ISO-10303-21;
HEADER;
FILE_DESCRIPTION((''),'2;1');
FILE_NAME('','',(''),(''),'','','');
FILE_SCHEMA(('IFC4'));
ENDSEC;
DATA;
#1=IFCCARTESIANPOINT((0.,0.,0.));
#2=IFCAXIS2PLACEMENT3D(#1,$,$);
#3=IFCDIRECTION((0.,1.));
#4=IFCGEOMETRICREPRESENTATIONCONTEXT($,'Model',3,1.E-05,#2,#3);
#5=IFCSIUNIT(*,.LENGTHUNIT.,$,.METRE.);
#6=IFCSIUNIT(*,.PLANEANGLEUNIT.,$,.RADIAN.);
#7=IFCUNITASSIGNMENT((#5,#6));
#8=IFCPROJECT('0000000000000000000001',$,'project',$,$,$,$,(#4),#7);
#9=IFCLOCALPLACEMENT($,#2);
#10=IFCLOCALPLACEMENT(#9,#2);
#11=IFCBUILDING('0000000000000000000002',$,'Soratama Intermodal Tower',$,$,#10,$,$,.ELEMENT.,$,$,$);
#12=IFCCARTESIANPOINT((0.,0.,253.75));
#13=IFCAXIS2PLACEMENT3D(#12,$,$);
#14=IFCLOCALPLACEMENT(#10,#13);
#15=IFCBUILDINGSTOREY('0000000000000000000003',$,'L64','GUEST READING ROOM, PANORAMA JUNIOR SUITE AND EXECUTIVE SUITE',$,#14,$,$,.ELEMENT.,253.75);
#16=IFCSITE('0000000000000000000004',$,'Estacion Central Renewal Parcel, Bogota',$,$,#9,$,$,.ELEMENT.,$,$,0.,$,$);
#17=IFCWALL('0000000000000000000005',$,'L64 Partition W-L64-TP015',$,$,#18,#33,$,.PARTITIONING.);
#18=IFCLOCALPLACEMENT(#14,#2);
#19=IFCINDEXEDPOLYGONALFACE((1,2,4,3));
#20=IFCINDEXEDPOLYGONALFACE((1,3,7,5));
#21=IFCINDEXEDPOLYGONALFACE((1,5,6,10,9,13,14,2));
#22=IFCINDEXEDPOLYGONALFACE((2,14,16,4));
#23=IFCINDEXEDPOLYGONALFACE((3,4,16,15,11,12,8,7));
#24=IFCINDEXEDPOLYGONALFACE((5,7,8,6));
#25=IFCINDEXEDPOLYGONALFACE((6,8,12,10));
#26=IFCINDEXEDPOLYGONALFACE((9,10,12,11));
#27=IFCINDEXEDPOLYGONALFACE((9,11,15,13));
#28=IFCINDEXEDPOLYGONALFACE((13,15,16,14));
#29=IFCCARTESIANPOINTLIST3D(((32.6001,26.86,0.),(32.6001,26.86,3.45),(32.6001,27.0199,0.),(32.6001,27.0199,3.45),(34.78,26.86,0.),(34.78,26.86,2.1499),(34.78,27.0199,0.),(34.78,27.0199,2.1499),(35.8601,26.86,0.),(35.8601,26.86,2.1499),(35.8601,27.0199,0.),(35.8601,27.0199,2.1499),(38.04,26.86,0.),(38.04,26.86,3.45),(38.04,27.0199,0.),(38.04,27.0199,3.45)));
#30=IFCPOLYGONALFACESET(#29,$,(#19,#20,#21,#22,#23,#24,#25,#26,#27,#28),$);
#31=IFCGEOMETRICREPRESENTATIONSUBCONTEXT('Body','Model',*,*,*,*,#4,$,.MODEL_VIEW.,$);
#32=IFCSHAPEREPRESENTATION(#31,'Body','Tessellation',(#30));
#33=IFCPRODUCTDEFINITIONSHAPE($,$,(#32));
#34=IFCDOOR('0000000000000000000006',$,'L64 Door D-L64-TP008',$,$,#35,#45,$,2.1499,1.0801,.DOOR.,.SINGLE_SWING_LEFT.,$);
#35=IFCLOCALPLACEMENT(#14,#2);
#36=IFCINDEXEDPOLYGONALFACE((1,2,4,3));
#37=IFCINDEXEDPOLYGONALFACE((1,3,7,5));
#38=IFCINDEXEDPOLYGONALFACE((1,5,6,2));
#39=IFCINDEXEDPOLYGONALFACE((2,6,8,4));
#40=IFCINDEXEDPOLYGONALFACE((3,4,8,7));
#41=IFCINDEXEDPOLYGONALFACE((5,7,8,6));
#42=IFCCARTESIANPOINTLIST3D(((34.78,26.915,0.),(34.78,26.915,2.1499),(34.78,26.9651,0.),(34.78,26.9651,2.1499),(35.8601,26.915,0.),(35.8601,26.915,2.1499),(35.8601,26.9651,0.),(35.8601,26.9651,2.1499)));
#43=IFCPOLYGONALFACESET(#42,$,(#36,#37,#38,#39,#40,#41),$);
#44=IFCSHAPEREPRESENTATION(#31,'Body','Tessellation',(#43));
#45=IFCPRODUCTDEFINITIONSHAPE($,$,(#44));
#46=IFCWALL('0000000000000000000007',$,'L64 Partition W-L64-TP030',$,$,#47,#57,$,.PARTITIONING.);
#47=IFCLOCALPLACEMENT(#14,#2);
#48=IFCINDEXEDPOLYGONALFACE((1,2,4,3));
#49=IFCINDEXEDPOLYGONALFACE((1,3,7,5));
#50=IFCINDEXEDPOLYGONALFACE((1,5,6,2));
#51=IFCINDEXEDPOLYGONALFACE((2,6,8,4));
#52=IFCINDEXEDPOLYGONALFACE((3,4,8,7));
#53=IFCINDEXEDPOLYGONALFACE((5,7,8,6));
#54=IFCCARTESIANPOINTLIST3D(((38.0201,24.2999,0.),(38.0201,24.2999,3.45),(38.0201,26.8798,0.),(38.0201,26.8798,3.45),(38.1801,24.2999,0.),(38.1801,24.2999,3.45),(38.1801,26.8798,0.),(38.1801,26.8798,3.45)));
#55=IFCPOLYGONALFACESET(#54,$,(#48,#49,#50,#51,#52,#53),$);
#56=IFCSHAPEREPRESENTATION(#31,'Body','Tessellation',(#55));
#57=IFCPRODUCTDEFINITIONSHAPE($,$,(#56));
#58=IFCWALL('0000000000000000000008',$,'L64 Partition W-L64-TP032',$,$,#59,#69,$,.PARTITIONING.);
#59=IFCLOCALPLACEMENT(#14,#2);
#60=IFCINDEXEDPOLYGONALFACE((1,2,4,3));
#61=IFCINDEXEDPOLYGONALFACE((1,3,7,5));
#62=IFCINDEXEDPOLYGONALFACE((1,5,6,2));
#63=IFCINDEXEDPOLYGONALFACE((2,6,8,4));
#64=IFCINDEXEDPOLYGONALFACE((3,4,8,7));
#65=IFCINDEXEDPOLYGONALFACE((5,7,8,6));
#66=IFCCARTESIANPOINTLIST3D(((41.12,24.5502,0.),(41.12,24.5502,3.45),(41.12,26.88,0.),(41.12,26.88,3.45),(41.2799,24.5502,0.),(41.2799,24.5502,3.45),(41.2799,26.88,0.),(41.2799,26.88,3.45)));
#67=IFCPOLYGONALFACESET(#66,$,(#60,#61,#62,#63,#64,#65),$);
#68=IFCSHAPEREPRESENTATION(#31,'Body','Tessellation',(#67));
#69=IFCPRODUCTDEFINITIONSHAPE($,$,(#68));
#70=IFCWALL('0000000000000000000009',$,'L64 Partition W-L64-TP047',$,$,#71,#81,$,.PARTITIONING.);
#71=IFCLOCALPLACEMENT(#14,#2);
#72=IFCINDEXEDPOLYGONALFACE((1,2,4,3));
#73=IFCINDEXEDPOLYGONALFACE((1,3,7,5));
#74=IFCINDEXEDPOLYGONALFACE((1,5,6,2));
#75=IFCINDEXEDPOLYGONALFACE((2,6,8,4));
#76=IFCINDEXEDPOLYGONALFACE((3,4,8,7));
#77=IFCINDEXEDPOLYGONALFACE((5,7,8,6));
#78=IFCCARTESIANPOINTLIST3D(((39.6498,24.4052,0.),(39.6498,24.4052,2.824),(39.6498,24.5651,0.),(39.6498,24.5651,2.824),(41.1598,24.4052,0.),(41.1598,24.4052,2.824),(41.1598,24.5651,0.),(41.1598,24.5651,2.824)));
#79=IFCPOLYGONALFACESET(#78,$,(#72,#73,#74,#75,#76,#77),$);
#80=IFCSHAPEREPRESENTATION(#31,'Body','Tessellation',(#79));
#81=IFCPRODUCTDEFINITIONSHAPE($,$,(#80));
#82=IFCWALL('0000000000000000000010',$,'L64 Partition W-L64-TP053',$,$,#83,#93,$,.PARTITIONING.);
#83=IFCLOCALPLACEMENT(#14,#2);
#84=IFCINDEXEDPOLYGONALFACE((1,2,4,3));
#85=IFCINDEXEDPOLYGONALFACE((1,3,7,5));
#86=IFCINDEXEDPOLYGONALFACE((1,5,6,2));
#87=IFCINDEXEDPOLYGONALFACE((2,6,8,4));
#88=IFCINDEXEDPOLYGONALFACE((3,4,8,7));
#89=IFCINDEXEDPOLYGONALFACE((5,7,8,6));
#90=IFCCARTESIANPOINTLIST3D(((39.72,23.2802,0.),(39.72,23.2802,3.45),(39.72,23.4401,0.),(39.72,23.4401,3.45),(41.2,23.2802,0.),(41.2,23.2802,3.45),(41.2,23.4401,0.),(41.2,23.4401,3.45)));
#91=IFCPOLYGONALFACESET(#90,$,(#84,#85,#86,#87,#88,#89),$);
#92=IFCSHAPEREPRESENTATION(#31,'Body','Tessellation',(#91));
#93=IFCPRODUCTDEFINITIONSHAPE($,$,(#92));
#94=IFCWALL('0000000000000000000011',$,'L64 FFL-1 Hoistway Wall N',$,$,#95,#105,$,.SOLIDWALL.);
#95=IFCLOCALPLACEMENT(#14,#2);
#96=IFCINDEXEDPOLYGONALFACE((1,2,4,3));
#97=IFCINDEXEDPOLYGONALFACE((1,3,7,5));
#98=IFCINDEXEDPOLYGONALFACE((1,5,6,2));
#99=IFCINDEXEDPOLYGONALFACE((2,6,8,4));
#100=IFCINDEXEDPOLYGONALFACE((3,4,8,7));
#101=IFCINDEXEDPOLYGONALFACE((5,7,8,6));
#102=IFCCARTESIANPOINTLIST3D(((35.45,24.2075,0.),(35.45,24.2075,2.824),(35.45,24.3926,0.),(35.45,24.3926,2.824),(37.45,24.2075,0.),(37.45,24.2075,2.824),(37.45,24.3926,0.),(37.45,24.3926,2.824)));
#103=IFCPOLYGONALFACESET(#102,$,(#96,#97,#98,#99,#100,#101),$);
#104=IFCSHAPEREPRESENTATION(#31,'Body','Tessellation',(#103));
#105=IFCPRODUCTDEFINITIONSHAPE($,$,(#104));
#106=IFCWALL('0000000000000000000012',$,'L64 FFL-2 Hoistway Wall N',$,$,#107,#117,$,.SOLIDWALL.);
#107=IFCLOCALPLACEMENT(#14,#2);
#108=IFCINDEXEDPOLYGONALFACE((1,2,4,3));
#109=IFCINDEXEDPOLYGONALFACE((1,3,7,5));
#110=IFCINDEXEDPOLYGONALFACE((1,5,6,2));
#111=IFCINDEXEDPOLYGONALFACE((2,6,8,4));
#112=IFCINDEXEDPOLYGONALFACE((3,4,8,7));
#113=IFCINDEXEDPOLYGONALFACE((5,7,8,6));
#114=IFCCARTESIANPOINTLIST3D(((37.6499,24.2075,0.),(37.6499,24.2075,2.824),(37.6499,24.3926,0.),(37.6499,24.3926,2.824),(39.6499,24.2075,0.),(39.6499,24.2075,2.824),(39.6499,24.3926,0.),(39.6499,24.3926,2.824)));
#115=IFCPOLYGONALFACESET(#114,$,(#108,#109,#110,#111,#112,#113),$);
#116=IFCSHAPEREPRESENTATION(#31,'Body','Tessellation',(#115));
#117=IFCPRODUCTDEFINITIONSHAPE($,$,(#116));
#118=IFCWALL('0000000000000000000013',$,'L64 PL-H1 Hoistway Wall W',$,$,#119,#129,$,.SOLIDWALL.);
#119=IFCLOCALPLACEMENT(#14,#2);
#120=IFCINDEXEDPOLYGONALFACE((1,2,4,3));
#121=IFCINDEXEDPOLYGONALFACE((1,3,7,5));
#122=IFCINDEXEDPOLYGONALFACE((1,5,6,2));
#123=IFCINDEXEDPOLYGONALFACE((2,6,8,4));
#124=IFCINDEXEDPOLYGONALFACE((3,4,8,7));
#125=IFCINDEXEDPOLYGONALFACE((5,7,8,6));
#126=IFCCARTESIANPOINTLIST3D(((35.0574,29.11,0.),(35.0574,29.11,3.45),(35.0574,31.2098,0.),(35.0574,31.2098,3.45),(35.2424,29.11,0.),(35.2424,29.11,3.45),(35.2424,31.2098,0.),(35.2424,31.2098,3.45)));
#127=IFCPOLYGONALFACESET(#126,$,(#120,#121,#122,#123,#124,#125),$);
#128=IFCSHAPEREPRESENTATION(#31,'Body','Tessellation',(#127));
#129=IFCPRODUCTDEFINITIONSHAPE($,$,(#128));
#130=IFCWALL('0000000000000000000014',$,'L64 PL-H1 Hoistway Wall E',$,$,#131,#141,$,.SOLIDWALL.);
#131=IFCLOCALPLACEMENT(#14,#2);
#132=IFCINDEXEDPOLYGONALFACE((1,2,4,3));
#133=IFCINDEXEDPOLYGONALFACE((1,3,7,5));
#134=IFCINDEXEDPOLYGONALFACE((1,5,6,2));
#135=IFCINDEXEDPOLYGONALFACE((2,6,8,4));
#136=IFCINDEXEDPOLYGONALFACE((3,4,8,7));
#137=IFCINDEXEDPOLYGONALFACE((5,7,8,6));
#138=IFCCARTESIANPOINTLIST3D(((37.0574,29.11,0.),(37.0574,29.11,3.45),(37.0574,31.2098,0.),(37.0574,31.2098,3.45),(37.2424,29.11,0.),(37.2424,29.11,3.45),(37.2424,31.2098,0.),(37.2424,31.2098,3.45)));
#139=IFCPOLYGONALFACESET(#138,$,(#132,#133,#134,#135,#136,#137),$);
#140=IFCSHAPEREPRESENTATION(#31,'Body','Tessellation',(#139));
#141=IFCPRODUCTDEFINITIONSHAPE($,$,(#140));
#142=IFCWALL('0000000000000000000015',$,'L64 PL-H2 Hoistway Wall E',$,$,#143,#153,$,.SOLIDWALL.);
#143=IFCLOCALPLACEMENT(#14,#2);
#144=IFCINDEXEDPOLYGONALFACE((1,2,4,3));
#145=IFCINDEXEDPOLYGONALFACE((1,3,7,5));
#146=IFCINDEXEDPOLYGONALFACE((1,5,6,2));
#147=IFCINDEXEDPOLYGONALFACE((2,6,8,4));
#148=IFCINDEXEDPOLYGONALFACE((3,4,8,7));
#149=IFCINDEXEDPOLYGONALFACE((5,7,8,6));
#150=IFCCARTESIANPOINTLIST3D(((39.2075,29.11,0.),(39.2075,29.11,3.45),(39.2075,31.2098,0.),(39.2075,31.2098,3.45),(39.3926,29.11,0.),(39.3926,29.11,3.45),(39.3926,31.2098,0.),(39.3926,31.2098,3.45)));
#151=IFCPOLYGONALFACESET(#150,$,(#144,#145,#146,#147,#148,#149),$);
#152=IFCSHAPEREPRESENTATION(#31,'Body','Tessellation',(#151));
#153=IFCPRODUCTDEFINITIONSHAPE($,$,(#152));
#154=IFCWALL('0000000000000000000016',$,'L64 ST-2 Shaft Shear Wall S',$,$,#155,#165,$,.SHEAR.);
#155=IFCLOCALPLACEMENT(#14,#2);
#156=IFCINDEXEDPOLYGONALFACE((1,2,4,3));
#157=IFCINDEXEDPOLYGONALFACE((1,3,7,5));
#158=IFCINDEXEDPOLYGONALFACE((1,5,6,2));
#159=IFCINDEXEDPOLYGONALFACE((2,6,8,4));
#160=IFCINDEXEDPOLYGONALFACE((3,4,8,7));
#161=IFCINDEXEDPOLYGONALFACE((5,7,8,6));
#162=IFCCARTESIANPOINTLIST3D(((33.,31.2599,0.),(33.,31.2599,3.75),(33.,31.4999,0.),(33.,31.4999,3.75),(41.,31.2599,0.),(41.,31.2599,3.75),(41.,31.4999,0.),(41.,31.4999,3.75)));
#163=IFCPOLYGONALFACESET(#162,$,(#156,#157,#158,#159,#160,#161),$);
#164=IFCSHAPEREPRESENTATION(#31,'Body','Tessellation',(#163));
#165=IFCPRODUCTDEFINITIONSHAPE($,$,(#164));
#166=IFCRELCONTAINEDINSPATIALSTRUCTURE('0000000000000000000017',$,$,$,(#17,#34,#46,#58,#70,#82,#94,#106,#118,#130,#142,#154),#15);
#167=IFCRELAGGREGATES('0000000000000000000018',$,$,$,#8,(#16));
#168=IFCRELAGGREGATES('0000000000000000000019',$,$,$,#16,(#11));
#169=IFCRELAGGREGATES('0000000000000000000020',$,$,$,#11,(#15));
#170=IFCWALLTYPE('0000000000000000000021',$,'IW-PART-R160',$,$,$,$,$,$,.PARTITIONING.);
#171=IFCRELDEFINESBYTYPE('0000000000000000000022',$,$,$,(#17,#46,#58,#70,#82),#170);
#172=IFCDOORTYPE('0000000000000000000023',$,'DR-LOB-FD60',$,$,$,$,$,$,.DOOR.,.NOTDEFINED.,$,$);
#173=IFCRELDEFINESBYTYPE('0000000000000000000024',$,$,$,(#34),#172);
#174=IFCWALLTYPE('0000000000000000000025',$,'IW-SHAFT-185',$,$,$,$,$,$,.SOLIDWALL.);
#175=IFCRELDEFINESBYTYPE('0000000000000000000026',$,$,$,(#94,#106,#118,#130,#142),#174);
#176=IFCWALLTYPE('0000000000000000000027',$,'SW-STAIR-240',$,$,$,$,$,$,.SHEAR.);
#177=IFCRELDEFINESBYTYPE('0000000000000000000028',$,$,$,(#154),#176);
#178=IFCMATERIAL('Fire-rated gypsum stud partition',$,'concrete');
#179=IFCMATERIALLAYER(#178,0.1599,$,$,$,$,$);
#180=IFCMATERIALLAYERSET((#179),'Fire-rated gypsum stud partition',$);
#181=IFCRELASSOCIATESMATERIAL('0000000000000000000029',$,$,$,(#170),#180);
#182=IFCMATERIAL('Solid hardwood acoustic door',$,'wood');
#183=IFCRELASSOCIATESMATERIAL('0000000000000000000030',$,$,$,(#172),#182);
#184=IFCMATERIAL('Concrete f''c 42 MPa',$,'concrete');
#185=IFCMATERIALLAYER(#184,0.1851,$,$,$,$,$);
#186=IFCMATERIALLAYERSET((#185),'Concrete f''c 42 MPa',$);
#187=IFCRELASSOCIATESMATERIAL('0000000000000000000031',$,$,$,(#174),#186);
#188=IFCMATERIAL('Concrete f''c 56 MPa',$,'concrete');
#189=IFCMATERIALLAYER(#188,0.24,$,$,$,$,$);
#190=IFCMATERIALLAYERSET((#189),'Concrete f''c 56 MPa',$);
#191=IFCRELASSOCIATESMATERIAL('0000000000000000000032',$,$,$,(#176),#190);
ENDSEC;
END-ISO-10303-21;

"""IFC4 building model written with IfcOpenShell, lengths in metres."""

from ifc_helpers import new_model, si_unit, direction, frame, frame_2d, origin, place, context, subcontext, project, spatial, rectangle, extrude, material, layer, layer_set, type_object, element, fill, save


model = new_model("IFC4")

# Units and contexts
model_context = context("Model", 3, precision=1e-05, world=origin(), true_north=direction((0.0, 1.0)))
body_context = subcontext(model_context, "Body", "Model", "MODEL_VIEW")
ifc_project = project(units=[si_unit("LENGTHUNIT", "METRE"), si_unit("PLANEANGLEUNIT", "RADIAN")], contexts=[model_context])

# Site, building, storey
site_placement = place(None, origin())
site = spatial("IfcSite", under=ifc_project, at=site_placement, Name="Estacion Central Renewal Parcel, Bogota", CompositionType="ELEMENT", RefElevation=0.0)
building_placement = place(site_placement, origin())
building = spatial("IfcBuilding", under=site, at=building_placement, Name="Soratama Intermodal Tower", CompositionType="ELEMENT")
storey_placement = place(building_placement, frame((0.0, 0.0, 253.75)))
storey = spatial("IfcBuildingStorey", under=building, at=storey_placement, Name="L64", Description="GUEST READING ROOM, PANORAMA JUNIOR SUITE AND EXECUTIVE SUITE", CompositionType="ELEMENT", Elevation=253.75)

# Wall, opening, door
ifc_material_1 = material(Name="Fire-rated gypsum stud partition", Category="concrete")
ifc_layer_1 = layer(ifc_material_1, 0.1599)
ifc_layer_set_1 = layer_set([ifc_layer_1], Name="Fire-rated gypsum stud partition")
wall_type_1 = type_object("IfcWallType", Name="IW-PART-R160", PredefinedType="PARTITIONING", material=ifc_layer_set_1)
wall_1_placement = place(storey_placement, frame((38.04, 26.9399, 0.0), z_axis=(0.0, 0.0, 1.0), x_axis=(-1.0, 0.0, 0.0)))
wall_1 = element("IfcWall", 1, at=wall_1_placement, inside=storey, type_object=wall_type_1, Name="L64 Partition W-L64-TP015", PredefinedType="PARTITIONING", context=body_context, shape_type="SweptSolid", body=[
    extrude(rectangle(XDim=5.4399, YDim=0.1599, at=frame_2d((2.72, 0.0))), origin(), (0.0, 0.0, 1.0), 3.45),
])
opening_1_placement = place(wall_1_placement, frame((2.1799, 0.0, 0.0)))
opening_1 = element("IfcOpeningElement", 2, at=opening_1_placement, cuts=wall_1, PredefinedType="OPENING", context=body_context, shape_type="SweptSolid", body=[
    extrude(rectangle(XDim=1.0801, YDim=2.1499, at=frame_2d((0.54, 1.075))), frame((0.0, 0.0898, 0.0), z_axis=(0.0, -1.0, 0.0), x_axis=(1.0, 0.0, 0.0)), (0.0, 0.0, 1.0), 0.1799),
])
ifc_material_2 = material(Name="Solid hardwood acoustic door", Category="wood")
door_type_1 = type_object("IfcDoorType", Name="DR-LOB-FD60", OperationType="NOTDEFINED", PredefinedType="DOOR", material=ifc_material_2)
door_1_placement = place(opening_1_placement, origin())
door_1 = element("IfcDoor", 3, at=door_1_placement, inside=storey, type_object=door_type_1, Name="L64 Door D-L64-TP008", OperationType="SINGLE_SWING_LEFT", OverallHeight=2.1499, OverallWidth=1.0801, PredefinedType="DOOR", context=body_context, shape_type="SweptSolid", body=[
    extrude(rectangle(XDim=1.0801, YDim=2.1499, at=frame_2d((0.54, 1.075))), frame((0.0, 0.0249, 0.0), z_axis=(0.0, -1.0, 0.0), x_axis=(1.0, 0.0, 0.0)), (0.0, 0.0, 1.0), 0.05),
])
fill(opening_1, door_1)

# Walls
wall_2_placement = place(storey_placement, frame((38.1001, 26.8799, 0.0), z_axis=(0.0, 0.0, 1.0), x_axis=(0.0, -1.0, 0.0)))
element("IfcWall", 4, at=wall_2_placement, inside=storey, type_object=wall_type_1, Name="L64 Partition W-L64-TP030", PredefinedType="PARTITIONING", context=body_context, shape_type="SweptSolid", body=[
    extrude(rectangle(XDim=2.5798, YDim=0.1599, at=frame_2d((1.29, 0.0))), origin(), (0.0, 0.0, 1.0), 3.45),
])
wall_3_placement = place(storey_placement, frame((41.2, 24.55, 0.0), z_axis=(0.0, 0.0, 1.0), x_axis=(0.0, 1.0, 0.0)))
element("IfcWall", 5, at=wall_3_placement, inside=storey, type_object=wall_type_1, Name="L64 Partition W-L64-TP032", PredefinedType="PARTITIONING", context=body_context, shape_type="SweptSolid", body=[
    extrude(rectangle(XDim=2.3298, YDim=0.1599, at=frame_2d((1.165, 0.0))), origin(), (0.0, 0.0, 1.0), 3.45),
])
wall_4_placement = place(storey_placement, frame((39.6499, 24.4851, 0.0), z_axis=(0.0, 0.0, 1.0), x_axis=(1.0, 0.0, 0.0)))
element("IfcWall", 6, at=wall_4_placement, inside=storey, type_object=wall_type_1, Name="L64 Partition W-L64-TP047", PredefinedType="PARTITIONING", context=body_context, shape_type="SweptSolid", body=[
    extrude(rectangle(XDim=1.51, YDim=0.1599, at=frame_2d((0.7549, 0.0))), origin(), (0.0, 0.0, 1.0), 2.824),
])
wall_5_placement = place(storey_placement, frame((41.2, 23.3601, 0.0), z_axis=(0.0, 0.0, 1.0), x_axis=(-1.0, 0.0, 0.0)))
element("IfcWall", 7, at=wall_5_placement, inside=storey, type_object=wall_type_1, Name="L64 Partition W-L64-TP053", PredefinedType="PARTITIONING", context=body_context, shape_type="SweptSolid", body=[
    extrude(rectangle(XDim=1.48, YDim=0.1599, at=frame_2d((0.74, 0.0))), origin(), (0.0, 0.0, 1.0), 3.45),
])

# Walls
ifc_material_3 = material(Name="Concrete f'c 42 MPa", Category="concrete")
ifc_layer_2 = layer(ifc_material_3, 0.1851)
ifc_layer_set_2 = layer_set([ifc_layer_2], Name="Concrete f'c 42 MPa")
wall_type_2 = type_object("IfcWallType", Name="IW-SHAFT-185", PredefinedType="SOLIDWALL", material=ifc_layer_set_2)
for number, where, z_axis, x_axis, name in (
    (8, (35.45, 24.3, 0.0), (0.0, 0.0, 1.0), (1.0, 0.0, 0.0), "L64 FFL-1 Hoistway Wall N"),
    (9, (37.6499, 24.3, 0.0), (0.0, 0.0, 1.0), (1.0, 0.0, 0.0), "L64 FFL-2 Hoistway Wall N"),
):
    element("IfcWall", number, at=place(storey_placement, frame(where, z_axis=z_axis, x_axis=x_axis)), inside=storey, type_object=wall_type_2, Name=name, PredefinedType="SOLIDWALL", context=body_context, shape_type="SweptSolid", body=[
        extrude(rectangle(XDim=2.0, YDim=0.1851, at=frame_2d((1.0, 0.0))), origin(), (0.0, 0.0, 1.0), 2.824),
    ])

# Walls
for number, where, z_axis, x_axis, name in (
    (10, (35.1499, 29.1101, 0.0), (0.0, 0.0, 1.0), (0.0, 1.0, 0.0), "L64 PL-H1 Hoistway Wall W"),
    (11, (37.1499, 29.1101, 0.0), (0.0, 0.0, 1.0), (0.0, 1.0, 0.0), "L64 PL-H1 Hoistway Wall E"),
):
    element("IfcWall", number, at=place(storey_placement, frame(where, z_axis=z_axis, x_axis=x_axis)), inside=storey, type_object=wall_type_2, Name=name, PredefinedType="SOLIDWALL", context=body_context, shape_type="SweptSolid", body=[
        extrude(rectangle(XDim=2.0999, YDim=0.1851, at=frame_2d((1.0498, 0.0))), origin(), (0.0, 0.0, 1.0), 3.45),
    ])

# Wall
wall_6_placement = place(storey_placement, frame((39.3, 29.1101, 0.0), z_axis=(0.0, 0.0, 1.0), x_axis=(0.0, 1.0, 0.0)))
element("IfcWall", 12, at=wall_6_placement, inside=storey, type_object=wall_type_2, Name="L64 PL-H2 Hoistway Wall E", PredefinedType="SOLIDWALL", context=body_context, shape_type="SweptSolid", body=[
    extrude(rectangle(XDim=2.0999, YDim=0.1851, at=frame_2d((1.0498, 0.0))), origin(), (0.0, 0.0, 1.0), 3.45),
])

# Shared definitions
ifc_material_4 = material(Name="Concrete f'c 56 MPa", Category="concrete")
ifc_layer_3 = layer(ifc_material_4, 0.24)
ifc_layer_set_3 = layer_set([ifc_layer_3], Name="Concrete f'c 56 MPa")
wall_type_3 = type_object("IfcWallType", Name="SW-STAIR-240", PredefinedType="SHEAR", material=ifc_layer_set_3)

# Wall
wall_7_placement = place(storey_placement, frame((33.0, 31.3799, 0.0), z_axis=(0.0, 0.0, 1.0), x_axis=(1.0, 0.0, 0.0)))
element("IfcWall", 13, at=wall_7_placement, inside=storey, type_object=wall_type_3, Name="L64 ST-2 Shaft Shear Wall S", PredefinedType="SHEAR", context=body_context, shape_type="SweptSolid", body=[
    extrude(rectangle(XDim=8.0, YDim=0.24, at=frame_2d((4.0, 0.0))), origin(), (0.0, 0.0, 1.0), 3.75),
])

save(model, "model.ifc")
